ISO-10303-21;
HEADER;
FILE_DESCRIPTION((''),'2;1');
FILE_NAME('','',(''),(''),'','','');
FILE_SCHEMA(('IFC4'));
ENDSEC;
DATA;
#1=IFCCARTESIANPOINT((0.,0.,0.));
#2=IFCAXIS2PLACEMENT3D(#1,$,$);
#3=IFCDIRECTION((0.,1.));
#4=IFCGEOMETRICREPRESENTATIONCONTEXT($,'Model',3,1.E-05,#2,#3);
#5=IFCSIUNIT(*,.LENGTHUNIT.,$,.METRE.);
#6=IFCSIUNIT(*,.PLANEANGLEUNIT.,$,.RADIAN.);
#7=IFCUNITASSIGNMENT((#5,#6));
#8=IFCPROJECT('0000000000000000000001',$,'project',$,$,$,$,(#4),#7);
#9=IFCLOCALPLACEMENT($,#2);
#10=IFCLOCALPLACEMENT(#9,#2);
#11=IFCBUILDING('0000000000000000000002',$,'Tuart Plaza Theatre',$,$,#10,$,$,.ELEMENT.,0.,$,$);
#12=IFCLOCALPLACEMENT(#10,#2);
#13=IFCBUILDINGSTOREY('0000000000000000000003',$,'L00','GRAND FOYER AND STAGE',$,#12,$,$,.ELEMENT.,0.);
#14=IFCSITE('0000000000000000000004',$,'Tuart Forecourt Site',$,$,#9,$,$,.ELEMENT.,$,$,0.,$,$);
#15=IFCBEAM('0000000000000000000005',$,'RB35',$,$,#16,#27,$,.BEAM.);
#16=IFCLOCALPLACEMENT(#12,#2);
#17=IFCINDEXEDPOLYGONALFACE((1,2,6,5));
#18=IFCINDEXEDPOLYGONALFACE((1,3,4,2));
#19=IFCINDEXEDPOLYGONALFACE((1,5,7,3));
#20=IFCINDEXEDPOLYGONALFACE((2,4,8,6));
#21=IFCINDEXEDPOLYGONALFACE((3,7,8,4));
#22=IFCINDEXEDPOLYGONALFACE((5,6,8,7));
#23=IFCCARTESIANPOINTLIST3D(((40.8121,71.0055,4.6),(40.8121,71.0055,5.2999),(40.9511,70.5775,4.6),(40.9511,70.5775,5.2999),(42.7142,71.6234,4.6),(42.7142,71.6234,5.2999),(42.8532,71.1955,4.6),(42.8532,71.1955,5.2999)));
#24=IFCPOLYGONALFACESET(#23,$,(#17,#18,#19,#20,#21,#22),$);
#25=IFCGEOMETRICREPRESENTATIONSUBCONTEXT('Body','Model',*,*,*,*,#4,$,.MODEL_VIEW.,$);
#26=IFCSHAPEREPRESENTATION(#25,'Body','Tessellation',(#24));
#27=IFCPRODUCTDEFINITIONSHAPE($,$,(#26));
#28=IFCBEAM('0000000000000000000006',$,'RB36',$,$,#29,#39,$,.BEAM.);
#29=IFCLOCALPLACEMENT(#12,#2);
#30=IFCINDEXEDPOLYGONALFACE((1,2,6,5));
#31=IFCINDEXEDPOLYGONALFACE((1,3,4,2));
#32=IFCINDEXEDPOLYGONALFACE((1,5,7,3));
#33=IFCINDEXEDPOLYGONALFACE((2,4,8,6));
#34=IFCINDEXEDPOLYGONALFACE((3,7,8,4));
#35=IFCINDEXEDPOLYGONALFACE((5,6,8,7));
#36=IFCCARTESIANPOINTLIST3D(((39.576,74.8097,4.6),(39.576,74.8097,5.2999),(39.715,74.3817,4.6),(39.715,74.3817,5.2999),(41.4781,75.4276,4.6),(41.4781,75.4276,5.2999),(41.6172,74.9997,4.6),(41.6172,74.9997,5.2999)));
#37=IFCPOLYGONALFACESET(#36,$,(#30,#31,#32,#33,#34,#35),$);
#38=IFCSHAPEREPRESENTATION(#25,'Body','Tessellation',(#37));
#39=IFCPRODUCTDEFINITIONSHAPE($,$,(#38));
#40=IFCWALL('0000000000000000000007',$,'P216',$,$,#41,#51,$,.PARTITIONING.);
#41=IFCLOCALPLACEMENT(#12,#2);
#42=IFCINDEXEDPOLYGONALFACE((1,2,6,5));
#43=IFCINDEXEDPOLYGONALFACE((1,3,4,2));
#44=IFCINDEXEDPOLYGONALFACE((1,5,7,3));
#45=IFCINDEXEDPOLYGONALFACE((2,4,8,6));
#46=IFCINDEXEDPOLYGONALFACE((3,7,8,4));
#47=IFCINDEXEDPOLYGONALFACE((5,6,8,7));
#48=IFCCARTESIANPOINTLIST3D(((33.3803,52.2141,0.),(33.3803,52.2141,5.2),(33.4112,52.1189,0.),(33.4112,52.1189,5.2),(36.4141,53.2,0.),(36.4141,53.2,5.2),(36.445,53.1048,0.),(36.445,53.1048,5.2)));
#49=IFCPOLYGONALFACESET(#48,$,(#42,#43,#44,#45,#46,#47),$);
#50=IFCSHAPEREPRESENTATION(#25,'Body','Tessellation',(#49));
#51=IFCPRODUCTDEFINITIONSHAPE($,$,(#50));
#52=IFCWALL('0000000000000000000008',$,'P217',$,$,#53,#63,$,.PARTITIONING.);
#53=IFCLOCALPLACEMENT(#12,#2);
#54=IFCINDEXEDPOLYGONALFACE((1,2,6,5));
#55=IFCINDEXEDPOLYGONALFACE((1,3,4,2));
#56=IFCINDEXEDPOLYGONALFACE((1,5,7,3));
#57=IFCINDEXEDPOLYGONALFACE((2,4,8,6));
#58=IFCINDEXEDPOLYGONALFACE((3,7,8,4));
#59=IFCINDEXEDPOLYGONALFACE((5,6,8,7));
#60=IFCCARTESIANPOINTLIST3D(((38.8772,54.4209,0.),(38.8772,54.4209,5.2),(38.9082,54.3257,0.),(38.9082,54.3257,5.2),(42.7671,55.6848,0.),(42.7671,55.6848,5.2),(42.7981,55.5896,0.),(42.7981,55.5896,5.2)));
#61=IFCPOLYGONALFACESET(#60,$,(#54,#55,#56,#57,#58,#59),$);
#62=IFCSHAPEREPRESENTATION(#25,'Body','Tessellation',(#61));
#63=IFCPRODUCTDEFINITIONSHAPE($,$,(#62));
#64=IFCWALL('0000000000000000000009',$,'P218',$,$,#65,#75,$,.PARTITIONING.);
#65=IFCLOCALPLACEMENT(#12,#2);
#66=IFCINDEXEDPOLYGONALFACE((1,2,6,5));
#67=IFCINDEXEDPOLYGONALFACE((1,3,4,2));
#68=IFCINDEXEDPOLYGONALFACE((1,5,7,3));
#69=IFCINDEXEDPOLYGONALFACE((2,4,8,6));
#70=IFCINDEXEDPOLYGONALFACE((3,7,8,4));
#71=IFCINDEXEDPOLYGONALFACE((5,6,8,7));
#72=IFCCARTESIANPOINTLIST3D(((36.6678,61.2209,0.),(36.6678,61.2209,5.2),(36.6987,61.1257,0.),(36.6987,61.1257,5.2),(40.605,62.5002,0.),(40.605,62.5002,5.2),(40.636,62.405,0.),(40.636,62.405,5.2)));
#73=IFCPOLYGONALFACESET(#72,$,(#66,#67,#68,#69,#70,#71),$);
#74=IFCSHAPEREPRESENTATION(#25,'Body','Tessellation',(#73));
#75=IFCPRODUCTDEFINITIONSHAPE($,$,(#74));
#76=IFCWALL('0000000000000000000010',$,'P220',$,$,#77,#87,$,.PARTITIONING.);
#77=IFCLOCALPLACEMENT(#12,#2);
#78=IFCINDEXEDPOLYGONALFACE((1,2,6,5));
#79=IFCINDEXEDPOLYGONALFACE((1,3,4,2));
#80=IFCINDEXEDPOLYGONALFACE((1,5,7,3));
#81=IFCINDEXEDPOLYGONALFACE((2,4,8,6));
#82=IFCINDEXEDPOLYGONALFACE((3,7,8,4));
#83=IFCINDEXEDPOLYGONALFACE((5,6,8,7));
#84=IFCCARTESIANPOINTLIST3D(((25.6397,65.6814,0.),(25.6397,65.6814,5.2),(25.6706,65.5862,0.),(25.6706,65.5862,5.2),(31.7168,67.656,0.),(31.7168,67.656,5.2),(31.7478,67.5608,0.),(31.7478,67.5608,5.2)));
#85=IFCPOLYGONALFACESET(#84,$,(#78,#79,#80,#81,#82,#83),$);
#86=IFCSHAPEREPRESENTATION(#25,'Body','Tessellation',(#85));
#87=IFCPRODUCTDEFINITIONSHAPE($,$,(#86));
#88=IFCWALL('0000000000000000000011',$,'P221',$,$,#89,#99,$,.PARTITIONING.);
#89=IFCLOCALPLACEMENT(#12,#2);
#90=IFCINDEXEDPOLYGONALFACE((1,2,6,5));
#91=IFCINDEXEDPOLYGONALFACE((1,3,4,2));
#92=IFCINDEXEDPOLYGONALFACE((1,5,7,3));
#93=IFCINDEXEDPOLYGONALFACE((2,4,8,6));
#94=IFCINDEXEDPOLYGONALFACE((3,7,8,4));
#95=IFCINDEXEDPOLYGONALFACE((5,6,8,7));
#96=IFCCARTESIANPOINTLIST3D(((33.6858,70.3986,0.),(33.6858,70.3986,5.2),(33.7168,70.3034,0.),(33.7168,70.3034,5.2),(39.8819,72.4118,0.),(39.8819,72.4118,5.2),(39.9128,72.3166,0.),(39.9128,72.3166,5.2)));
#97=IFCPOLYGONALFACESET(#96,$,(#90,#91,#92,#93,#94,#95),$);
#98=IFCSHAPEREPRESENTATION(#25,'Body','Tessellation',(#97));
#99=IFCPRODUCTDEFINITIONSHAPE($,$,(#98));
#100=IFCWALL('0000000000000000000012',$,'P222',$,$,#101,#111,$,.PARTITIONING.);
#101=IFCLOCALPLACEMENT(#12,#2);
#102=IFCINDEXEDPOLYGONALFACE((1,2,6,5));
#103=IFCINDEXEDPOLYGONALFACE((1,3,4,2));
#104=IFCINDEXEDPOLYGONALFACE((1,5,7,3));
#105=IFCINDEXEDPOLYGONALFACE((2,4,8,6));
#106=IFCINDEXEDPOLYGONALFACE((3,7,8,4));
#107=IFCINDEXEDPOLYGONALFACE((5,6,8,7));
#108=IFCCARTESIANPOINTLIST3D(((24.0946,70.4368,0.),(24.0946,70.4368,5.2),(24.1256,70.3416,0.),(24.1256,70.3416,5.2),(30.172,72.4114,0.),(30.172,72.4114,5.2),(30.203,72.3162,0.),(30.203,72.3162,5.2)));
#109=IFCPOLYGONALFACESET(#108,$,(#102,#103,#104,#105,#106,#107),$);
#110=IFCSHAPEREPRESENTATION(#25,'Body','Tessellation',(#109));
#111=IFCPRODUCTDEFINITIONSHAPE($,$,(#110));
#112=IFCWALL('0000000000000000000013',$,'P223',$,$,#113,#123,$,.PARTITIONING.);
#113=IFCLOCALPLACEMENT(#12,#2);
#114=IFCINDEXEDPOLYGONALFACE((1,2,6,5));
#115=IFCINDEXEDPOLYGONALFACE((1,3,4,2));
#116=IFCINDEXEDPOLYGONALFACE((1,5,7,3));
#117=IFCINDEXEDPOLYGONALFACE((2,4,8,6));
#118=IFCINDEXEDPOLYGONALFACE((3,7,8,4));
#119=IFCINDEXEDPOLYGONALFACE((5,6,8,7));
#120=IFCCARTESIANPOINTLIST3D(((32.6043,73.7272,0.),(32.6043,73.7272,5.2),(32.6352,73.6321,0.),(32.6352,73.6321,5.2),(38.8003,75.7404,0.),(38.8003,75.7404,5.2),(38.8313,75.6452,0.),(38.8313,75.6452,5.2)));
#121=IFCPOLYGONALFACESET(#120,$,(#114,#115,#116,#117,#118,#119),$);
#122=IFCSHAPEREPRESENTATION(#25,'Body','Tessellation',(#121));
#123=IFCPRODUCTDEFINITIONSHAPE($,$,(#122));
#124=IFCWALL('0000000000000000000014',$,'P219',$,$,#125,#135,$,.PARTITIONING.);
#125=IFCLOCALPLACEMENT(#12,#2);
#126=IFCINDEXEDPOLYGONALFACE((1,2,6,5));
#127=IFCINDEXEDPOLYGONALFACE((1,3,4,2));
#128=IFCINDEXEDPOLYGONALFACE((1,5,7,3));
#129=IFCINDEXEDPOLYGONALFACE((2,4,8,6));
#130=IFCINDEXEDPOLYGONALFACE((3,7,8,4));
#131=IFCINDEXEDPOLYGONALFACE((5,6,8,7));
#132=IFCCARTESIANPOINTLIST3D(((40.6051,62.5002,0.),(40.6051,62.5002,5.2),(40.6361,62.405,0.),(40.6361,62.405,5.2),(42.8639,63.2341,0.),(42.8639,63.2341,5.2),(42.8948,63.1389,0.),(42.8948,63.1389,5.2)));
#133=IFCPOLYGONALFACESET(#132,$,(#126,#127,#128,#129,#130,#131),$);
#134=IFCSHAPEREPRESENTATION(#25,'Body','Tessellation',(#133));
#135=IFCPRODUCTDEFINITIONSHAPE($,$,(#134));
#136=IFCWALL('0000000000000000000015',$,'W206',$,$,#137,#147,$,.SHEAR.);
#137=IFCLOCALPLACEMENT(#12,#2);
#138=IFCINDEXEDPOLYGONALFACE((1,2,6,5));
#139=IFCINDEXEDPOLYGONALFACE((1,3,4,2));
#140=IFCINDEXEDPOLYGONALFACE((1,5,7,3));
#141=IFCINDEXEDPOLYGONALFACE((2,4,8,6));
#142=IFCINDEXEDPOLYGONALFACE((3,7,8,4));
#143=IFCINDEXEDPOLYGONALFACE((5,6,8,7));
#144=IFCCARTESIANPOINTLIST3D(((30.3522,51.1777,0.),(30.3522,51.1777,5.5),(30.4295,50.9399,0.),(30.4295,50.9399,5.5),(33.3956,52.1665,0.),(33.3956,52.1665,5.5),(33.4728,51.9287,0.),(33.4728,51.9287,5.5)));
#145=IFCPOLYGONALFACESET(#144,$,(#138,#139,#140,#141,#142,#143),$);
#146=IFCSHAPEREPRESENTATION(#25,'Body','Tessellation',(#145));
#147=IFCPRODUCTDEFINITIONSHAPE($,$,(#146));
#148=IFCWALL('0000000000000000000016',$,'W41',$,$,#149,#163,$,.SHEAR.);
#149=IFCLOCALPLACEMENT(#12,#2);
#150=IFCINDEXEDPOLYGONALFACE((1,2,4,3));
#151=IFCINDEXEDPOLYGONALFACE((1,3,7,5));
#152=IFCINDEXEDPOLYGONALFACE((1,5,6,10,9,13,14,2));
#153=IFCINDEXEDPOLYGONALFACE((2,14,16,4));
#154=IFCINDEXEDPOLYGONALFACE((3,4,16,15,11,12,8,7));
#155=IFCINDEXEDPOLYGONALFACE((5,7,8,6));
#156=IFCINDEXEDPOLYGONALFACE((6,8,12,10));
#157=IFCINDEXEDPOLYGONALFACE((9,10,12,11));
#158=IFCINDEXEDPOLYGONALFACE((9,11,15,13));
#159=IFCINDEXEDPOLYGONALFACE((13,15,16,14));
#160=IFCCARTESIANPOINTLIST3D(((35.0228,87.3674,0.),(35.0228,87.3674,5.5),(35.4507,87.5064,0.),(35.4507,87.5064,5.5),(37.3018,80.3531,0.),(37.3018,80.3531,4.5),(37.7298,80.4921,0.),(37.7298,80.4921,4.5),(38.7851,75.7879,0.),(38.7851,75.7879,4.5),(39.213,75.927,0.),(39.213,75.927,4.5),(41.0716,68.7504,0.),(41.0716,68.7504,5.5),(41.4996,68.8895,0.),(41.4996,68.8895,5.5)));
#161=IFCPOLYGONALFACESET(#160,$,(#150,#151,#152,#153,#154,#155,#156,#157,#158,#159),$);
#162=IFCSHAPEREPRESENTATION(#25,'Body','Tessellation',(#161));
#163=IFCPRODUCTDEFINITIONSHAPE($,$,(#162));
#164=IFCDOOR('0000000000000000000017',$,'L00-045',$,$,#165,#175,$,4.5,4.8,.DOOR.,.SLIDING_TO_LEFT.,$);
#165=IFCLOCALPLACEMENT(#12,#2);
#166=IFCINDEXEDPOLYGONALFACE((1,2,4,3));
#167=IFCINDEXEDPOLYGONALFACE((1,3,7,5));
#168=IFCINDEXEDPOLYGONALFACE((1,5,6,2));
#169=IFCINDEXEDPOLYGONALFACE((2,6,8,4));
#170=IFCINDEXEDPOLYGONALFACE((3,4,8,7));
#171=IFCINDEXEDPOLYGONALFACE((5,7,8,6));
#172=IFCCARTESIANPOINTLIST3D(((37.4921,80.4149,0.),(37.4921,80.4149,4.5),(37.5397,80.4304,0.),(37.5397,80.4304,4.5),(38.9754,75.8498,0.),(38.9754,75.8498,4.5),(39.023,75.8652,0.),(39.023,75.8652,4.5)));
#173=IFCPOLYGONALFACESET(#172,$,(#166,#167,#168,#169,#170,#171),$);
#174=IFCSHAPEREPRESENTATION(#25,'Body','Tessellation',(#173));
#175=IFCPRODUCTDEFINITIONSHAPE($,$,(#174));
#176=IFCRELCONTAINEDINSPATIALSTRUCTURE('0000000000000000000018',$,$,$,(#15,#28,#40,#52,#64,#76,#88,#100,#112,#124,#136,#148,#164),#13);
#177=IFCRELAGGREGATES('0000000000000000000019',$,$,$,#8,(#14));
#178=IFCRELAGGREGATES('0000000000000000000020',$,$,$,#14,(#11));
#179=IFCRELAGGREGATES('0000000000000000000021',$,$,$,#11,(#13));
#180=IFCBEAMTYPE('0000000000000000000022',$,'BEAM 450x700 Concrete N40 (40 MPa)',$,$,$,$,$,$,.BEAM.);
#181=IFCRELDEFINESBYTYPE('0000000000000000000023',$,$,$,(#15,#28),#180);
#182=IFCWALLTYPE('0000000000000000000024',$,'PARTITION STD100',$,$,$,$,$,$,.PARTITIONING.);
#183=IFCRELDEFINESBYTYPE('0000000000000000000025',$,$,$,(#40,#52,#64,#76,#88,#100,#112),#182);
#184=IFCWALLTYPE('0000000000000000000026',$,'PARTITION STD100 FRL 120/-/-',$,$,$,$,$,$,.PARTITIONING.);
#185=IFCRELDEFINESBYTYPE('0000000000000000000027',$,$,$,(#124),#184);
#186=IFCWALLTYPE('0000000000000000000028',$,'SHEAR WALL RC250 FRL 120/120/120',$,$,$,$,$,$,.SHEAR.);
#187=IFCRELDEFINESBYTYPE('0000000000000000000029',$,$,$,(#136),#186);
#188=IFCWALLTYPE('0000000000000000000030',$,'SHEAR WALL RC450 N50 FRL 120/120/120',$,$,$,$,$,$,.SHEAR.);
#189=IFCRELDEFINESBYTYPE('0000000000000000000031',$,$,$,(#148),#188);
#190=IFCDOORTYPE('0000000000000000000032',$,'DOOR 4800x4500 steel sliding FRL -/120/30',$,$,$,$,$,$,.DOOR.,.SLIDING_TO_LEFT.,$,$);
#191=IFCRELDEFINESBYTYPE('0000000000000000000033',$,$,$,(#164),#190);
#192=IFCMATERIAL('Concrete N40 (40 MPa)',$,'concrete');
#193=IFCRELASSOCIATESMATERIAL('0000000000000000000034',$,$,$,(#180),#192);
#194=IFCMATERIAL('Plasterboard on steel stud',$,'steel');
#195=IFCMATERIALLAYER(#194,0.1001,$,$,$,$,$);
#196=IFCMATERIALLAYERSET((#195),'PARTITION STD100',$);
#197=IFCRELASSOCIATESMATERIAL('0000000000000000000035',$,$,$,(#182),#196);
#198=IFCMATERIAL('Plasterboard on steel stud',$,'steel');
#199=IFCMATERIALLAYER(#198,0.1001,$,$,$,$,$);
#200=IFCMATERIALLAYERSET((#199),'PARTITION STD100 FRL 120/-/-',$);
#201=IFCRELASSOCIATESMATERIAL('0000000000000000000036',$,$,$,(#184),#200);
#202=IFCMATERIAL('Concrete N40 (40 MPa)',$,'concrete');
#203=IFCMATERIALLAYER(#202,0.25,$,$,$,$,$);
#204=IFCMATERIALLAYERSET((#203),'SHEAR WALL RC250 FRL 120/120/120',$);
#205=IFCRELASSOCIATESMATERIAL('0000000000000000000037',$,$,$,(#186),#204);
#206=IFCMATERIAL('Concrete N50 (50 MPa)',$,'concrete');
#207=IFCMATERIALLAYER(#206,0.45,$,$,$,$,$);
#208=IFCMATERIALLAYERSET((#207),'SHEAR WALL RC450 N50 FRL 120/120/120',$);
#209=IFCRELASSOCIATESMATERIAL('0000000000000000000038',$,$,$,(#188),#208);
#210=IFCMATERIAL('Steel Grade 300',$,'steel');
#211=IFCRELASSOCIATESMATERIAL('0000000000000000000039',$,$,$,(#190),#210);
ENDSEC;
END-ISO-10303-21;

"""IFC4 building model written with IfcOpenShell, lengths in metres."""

from ifc_helpers import new_model, si_unit, direction, frame, frame_2d, origin, origin_2d, place, context, subcontext, project, spatial, rectangle, extrude, material, layer, layer_set, material_profile, profile_set, type_object, element, fill, save


model = new_model("IFC4")

# Units and contexts
model_context = context("Model", 3, precision=1e-05, world=origin(), true_north=direction((0.0, 1.0)))
body_context = subcontext(model_context, "Body", "Model", "MODEL_VIEW")
ifc_project = project(units=[si_unit("LENGTHUNIT", "METRE"), si_unit("PLANEANGLEUNIT", "RADIAN")], contexts=[model_context])

# Site, building, storey
site_placement = place(None, origin())
site = spatial("IfcSite", under=ifc_project, at=site_placement, Name="Tuart Forecourt Site", CompositionType="ELEMENT", RefElevation=0.0)
building_placement = place(site_placement, origin())
building = spatial("IfcBuilding", under=site, at=building_placement, Name="Tuart Plaza Theatre", CompositionType="ELEMENT", ElevationOfRefHeight=0.0)
storey_placement = place(building_placement, origin())
storey = spatial("IfcBuildingStorey", under=building, at=storey_placement, Name="L00", Description="GRAND FOYER AND STAGE", CompositionType="ELEMENT", Elevation=0.0)

# Beams
ifc_material_1 = material(Name="Concrete N40 (40 MPa)", Category="concrete")
ifc_material_profile = material_profile(ifc_material_1, rectangle(XDim=0.45, YDim=0.7, at=origin_2d()), Name="BEAM 450x700 Concrete N40 (40 MPa)")
ifc_profile_set = profile_set([ifc_material_profile], Name="Concrete N40 (40 MPa)")
beam_type = type_object("IfcBeamType", Name="BEAM 450x700 Concrete N40 (40 MPa)", PredefinedType="BEAM", material=ifc_profile_set)
for number, where, z_axis, x_axis, name in (
    (1, (40.8816, 70.7915, 4.95), (0.951073, 0.308967, 0.0), (-0.308967, 0.951073, 0.0), "RB35"),
    (2, (39.6455, 74.5957, 4.95), (0.951073, 0.308967, 0.0), (-0.308967, 0.951073, 0.0), "RB36"),
):
    element("IfcBeam", number, at=place(storey_placement, frame(where, z_axis=z_axis, x_axis=x_axis)), inside=storey, type_object=beam_type, Name=name, PredefinedType="BEAM", context=body_context, shape_type="SweptSolid", body=[
        extrude(rectangle(XDim=0.45, YDim=0.7, at=origin_2d()), origin(), (0.0, 0.0, 1.0), 2.0),
    ])

# Walls
ifc_material_2 = material(Name="Plasterboard on steel stud", Category="steel")
ifc_layer_1 = layer(ifc_material_2, 0.1001)
ifc_layer_set_1 = layer_set([ifc_layer_1], Name="PARTITION STD100")
wall_type_1 = type_object("IfcWallType", Name="PARTITION STD100", PredefinedType="PARTITIONING", material=ifc_layer_set_1)
wall_1_placement = place(storey_placement, frame((33.3958, 52.1665, 0.0), z_axis=(0.0, 0.0, 1.0), x_axis=(0.951044, 0.309055, 0.0)))
element("IfcWall", 3, at=wall_1_placement, inside=storey, type_object=wall_type_1, Name="P216", PredefinedType="PARTITIONING", context=body_context, shape_type="SweptSolid", body=[
    extrude(rectangle(XDim=3.1899, YDim=0.1001, at=frame_2d((1.595, 0.0))), origin(), (0.0, 0.0, 1.0), 5.2),
])
wall_2_placement = place(storey_placement, frame((38.8928, 54.3733, 0.0), z_axis=(0.0, 0.0, 1.0), x_axis=(0.951056, 0.30902, 0.0)))
element("IfcWall", 4, at=wall_2_placement, inside=storey, type_object=wall_type_1, Name="P217", PredefinedType="PARTITIONING", context=body_context, shape_type="SweptSolid", body=[
    extrude(rectangle(XDim=4.0901, YDim=0.1001, at=frame_2d((2.0449, 0.0))), origin(), (0.0, 0.0, 1.0), 5.2),
])
wall_3_placement = place(storey_placement, frame((36.6833, 61.1733, 0.0), z_axis=(0.0, 0.0, 1.0), x_axis=(0.951056, 0.309018, 0.0)))
element("IfcWall", 5, at=wall_3_placement, inside=storey, type_object=wall_type_1, Name="P218", PredefinedType="PARTITIONING", context=body_context, shape_type="SweptSolid", body=[
    extrude(rectangle(XDim=4.1399, YDim=0.1001, at=frame_2d((2.0698, 0.0))), origin(), (0.0, 0.0, 1.0), 5.2),
])
wall_4_placement = place(storey_placement, frame((25.6553, 65.6338, 0.0), z_axis=(0.0, 0.0, 1.0), x_axis=(0.951055, 0.30902, 0.0)))
element("IfcWall", 6, at=wall_4_placement, inside=storey, type_object=wall_type_1, Name="P220", PredefinedType="PARTITIONING", context=body_context, shape_type="SweptSolid", body=[
    extrude(rectangle(XDim=6.3899, YDim=0.1001, at=frame_2d((3.1948, 0.0))), origin(), (0.0, 0.0, 1.0), 5.2),
])
wall_5_placement = place(storey_placement, frame((33.7014, 70.3511, 0.0), z_axis=(0.0, 0.0, 1.0), x_axis=(0.951058, 0.309012, 0.0)))
element("IfcWall", 7, at=wall_5_placement, inside=storey, type_object=wall_type_1, Name="P221", PredefinedType="PARTITIONING", context=body_context, shape_type="SweptSolid", body=[
    extrude(rectangle(XDim=6.5149, YDim=0.1001, at=frame_2d((3.2573, 0.0))), origin(), (0.0, 0.0, 1.0), 5.2),
])
wall_6_placement = place(storey_placement, frame((24.1101, 70.3892, 0.0), z_axis=(0.0, 0.0, 1.0), x_axis=(0.951059, 0.309009, 0.0)))
element("IfcWall", 8, at=wall_6_placement, inside=storey, type_object=wall_type_1, Name="P222", PredefinedType="PARTITIONING", context=body_context, shape_type="SweptSolid", body=[
    extrude(rectangle(XDim=6.3901, YDim=0.1001, at=frame_2d((3.1951, 0.0))), origin(), (0.0, 0.0, 1.0), 5.2),
])
wall_7_placement = place(storey_placement, frame((32.6199, 73.6797, 0.0), z_axis=(0.0, 0.0, 1.0), x_axis=(0.951058, 0.309012, 0.0)))
element("IfcWall", 9, at=wall_7_placement, inside=storey, type_object=wall_type_1, Name="P223", PredefinedType="PARTITIONING", context=body_context, shape_type="SweptSolid", body=[
    extrude(rectangle(XDim=6.5149, YDim=0.1001, at=frame_2d((3.2573, 0.0))), origin(), (0.0, 0.0, 1.0), 5.2),
])
ifc_material_3 = material(Name="Plasterboard on steel stud", Category="steel")
ifc_layer_2 = layer(ifc_material_3, 0.1001)
ifc_layer_set_2 = layer_set([ifc_layer_2], Name="PARTITION STD100 FRL 120/-/-")
wall_type_2 = type_object("IfcWallType", Name="PARTITION STD100 FRL 120/-/-", PredefinedType="PARTITIONING", material=ifc_layer_set_2)
wall_8_placement = place(storey_placement, frame((40.6206, 62.4526, 0.0), z_axis=(0.0, 0.0, 1.0), x_axis=(0.951061, 0.309002, 0.0)))
element("IfcWall", 10, at=wall_8_placement, inside=storey, type_object=wall_type_2, Name="P219", PredefinedType="PARTITIONING", context=body_context, shape_type="SweptSolid", body=[
    extrude(rectangle(XDim=2.375, YDim=0.1001, at=frame_2d((1.1875, 0.0))), origin(), (0.0, 0.0, 1.0), 5.2),
])
ifc_material_4 = material(Name="Concrete N40 (40 MPa)", Category="concrete")
ifc_layer_3 = layer(ifc_material_4, 0.25)
ifc_layer_set_3 = layer_set([ifc_layer_3], Name="SHEAR WALL RC250 FRL 120/120/120")
wall_type_3 = type_object("IfcWallType", Name="SHEAR WALL RC250 FRL 120/120/120", PredefinedType="SHEAR", material=ifc_layer_set_3)
wall_9_placement = place(storey_placement, frame((33.4343, 52.0476, 0.0), z_axis=(0.0, 0.0, 1.0), x_axis=(-0.951067, -0.308986, 0.0)))
element("IfcWall", 11, at=wall_9_placement, inside=storey, type_object=wall_type_3, Name="W206", PredefinedType="SHEAR", context=body_context, shape_type="SweptSolid", body=[
    extrude(rectangle(XDim=3.2, YDim=0.25, at=frame_2d((1.6001, 0.0))), origin(), (0.0, 0.0, 1.0), 5.5),
])

# Wall, opening, door
ifc_material_5 = material(Name="Concrete N50 (50 MPa)", Category="concrete")
ifc_layer_4 = layer(ifc_material_5, 0.45)
ifc_layer_set_4 = layer_set([ifc_layer_4], Name="SHEAR WALL RC450 N50 FRL 120/120/120")
wall_type_4 = type_object("IfcWallType", Name="SHEAR WALL RC450 N50 FRL 120/120/120", PredefinedType="SHEAR", material=ifc_layer_set_4)
wall_10_placement = place(storey_placement, frame((41.2856, 68.8198, 0.0), z_axis=(0.0, 0.0, 1.0), x_axis=(-0.309009, 0.951059, 0.0)))
wall_10 = element("IfcWall", 12, at=wall_10_placement, inside=storey, type_object=wall_type_4, Name="W41", PredefinedType="SHEAR", context=body_context, shape_type="SweptSolid", body=[
    extrude(rectangle(XDim=19.575, YDim=0.45, at=frame_2d((9.7876, 0.0))), origin(), (0.0, 0.0, 1.0), 5.5),
])
opening_placement = place(wall_10_placement, frame((7.3999, 0.0, 0.0)))
opening = element("IfcOpeningElement", 13, at=opening_placement, cuts=wall_10, PredefinedType="OPENING", context=body_context, shape_type="SweptSolid", body=[
    extrude(rectangle(XDim=4.8, YDim=4.5, at=frame_2d((2.3999, 2.25))), frame((0.0, 0.2349, 0.0), z_axis=(0.0, -1.0, 0.0), x_axis=(1.0, 0.0, 0.0)), (0.0, 0.0, 1.0), 0.47),
])
ifc_material_6 = material(Name="Steel Grade 300", Category="steel")
door_type = type_object("IfcDoorType", Name="DOOR 4800x4500 steel sliding FRL -/120/30", OperationType="SLIDING_TO_LEFT", PredefinedType="DOOR", material=ifc_material_6)
door_placement = place(opening_placement, origin())
door = element("IfcDoor", 14, at=door_placement, inside=storey, type_object=door_type, Name="L00-045", OperationType="SLIDING_TO_LEFT", OverallHeight=4.5, OverallWidth=4.8, PredefinedType="DOOR", context=body_context, shape_type="SweptSolid", body=[
    extrude(rectangle(XDim=4.8, YDim=4.5, at=frame_2d((2.3999, 2.25))), frame((0.0, 0.0249, 0.0), z_axis=(0.0, -1.0, 0.0), x_axis=(1.0, 0.0, 0.0)), (0.0, 0.0, 1.0), 0.05),
])
fill(opening, door)

save(model, "model.ifc")
